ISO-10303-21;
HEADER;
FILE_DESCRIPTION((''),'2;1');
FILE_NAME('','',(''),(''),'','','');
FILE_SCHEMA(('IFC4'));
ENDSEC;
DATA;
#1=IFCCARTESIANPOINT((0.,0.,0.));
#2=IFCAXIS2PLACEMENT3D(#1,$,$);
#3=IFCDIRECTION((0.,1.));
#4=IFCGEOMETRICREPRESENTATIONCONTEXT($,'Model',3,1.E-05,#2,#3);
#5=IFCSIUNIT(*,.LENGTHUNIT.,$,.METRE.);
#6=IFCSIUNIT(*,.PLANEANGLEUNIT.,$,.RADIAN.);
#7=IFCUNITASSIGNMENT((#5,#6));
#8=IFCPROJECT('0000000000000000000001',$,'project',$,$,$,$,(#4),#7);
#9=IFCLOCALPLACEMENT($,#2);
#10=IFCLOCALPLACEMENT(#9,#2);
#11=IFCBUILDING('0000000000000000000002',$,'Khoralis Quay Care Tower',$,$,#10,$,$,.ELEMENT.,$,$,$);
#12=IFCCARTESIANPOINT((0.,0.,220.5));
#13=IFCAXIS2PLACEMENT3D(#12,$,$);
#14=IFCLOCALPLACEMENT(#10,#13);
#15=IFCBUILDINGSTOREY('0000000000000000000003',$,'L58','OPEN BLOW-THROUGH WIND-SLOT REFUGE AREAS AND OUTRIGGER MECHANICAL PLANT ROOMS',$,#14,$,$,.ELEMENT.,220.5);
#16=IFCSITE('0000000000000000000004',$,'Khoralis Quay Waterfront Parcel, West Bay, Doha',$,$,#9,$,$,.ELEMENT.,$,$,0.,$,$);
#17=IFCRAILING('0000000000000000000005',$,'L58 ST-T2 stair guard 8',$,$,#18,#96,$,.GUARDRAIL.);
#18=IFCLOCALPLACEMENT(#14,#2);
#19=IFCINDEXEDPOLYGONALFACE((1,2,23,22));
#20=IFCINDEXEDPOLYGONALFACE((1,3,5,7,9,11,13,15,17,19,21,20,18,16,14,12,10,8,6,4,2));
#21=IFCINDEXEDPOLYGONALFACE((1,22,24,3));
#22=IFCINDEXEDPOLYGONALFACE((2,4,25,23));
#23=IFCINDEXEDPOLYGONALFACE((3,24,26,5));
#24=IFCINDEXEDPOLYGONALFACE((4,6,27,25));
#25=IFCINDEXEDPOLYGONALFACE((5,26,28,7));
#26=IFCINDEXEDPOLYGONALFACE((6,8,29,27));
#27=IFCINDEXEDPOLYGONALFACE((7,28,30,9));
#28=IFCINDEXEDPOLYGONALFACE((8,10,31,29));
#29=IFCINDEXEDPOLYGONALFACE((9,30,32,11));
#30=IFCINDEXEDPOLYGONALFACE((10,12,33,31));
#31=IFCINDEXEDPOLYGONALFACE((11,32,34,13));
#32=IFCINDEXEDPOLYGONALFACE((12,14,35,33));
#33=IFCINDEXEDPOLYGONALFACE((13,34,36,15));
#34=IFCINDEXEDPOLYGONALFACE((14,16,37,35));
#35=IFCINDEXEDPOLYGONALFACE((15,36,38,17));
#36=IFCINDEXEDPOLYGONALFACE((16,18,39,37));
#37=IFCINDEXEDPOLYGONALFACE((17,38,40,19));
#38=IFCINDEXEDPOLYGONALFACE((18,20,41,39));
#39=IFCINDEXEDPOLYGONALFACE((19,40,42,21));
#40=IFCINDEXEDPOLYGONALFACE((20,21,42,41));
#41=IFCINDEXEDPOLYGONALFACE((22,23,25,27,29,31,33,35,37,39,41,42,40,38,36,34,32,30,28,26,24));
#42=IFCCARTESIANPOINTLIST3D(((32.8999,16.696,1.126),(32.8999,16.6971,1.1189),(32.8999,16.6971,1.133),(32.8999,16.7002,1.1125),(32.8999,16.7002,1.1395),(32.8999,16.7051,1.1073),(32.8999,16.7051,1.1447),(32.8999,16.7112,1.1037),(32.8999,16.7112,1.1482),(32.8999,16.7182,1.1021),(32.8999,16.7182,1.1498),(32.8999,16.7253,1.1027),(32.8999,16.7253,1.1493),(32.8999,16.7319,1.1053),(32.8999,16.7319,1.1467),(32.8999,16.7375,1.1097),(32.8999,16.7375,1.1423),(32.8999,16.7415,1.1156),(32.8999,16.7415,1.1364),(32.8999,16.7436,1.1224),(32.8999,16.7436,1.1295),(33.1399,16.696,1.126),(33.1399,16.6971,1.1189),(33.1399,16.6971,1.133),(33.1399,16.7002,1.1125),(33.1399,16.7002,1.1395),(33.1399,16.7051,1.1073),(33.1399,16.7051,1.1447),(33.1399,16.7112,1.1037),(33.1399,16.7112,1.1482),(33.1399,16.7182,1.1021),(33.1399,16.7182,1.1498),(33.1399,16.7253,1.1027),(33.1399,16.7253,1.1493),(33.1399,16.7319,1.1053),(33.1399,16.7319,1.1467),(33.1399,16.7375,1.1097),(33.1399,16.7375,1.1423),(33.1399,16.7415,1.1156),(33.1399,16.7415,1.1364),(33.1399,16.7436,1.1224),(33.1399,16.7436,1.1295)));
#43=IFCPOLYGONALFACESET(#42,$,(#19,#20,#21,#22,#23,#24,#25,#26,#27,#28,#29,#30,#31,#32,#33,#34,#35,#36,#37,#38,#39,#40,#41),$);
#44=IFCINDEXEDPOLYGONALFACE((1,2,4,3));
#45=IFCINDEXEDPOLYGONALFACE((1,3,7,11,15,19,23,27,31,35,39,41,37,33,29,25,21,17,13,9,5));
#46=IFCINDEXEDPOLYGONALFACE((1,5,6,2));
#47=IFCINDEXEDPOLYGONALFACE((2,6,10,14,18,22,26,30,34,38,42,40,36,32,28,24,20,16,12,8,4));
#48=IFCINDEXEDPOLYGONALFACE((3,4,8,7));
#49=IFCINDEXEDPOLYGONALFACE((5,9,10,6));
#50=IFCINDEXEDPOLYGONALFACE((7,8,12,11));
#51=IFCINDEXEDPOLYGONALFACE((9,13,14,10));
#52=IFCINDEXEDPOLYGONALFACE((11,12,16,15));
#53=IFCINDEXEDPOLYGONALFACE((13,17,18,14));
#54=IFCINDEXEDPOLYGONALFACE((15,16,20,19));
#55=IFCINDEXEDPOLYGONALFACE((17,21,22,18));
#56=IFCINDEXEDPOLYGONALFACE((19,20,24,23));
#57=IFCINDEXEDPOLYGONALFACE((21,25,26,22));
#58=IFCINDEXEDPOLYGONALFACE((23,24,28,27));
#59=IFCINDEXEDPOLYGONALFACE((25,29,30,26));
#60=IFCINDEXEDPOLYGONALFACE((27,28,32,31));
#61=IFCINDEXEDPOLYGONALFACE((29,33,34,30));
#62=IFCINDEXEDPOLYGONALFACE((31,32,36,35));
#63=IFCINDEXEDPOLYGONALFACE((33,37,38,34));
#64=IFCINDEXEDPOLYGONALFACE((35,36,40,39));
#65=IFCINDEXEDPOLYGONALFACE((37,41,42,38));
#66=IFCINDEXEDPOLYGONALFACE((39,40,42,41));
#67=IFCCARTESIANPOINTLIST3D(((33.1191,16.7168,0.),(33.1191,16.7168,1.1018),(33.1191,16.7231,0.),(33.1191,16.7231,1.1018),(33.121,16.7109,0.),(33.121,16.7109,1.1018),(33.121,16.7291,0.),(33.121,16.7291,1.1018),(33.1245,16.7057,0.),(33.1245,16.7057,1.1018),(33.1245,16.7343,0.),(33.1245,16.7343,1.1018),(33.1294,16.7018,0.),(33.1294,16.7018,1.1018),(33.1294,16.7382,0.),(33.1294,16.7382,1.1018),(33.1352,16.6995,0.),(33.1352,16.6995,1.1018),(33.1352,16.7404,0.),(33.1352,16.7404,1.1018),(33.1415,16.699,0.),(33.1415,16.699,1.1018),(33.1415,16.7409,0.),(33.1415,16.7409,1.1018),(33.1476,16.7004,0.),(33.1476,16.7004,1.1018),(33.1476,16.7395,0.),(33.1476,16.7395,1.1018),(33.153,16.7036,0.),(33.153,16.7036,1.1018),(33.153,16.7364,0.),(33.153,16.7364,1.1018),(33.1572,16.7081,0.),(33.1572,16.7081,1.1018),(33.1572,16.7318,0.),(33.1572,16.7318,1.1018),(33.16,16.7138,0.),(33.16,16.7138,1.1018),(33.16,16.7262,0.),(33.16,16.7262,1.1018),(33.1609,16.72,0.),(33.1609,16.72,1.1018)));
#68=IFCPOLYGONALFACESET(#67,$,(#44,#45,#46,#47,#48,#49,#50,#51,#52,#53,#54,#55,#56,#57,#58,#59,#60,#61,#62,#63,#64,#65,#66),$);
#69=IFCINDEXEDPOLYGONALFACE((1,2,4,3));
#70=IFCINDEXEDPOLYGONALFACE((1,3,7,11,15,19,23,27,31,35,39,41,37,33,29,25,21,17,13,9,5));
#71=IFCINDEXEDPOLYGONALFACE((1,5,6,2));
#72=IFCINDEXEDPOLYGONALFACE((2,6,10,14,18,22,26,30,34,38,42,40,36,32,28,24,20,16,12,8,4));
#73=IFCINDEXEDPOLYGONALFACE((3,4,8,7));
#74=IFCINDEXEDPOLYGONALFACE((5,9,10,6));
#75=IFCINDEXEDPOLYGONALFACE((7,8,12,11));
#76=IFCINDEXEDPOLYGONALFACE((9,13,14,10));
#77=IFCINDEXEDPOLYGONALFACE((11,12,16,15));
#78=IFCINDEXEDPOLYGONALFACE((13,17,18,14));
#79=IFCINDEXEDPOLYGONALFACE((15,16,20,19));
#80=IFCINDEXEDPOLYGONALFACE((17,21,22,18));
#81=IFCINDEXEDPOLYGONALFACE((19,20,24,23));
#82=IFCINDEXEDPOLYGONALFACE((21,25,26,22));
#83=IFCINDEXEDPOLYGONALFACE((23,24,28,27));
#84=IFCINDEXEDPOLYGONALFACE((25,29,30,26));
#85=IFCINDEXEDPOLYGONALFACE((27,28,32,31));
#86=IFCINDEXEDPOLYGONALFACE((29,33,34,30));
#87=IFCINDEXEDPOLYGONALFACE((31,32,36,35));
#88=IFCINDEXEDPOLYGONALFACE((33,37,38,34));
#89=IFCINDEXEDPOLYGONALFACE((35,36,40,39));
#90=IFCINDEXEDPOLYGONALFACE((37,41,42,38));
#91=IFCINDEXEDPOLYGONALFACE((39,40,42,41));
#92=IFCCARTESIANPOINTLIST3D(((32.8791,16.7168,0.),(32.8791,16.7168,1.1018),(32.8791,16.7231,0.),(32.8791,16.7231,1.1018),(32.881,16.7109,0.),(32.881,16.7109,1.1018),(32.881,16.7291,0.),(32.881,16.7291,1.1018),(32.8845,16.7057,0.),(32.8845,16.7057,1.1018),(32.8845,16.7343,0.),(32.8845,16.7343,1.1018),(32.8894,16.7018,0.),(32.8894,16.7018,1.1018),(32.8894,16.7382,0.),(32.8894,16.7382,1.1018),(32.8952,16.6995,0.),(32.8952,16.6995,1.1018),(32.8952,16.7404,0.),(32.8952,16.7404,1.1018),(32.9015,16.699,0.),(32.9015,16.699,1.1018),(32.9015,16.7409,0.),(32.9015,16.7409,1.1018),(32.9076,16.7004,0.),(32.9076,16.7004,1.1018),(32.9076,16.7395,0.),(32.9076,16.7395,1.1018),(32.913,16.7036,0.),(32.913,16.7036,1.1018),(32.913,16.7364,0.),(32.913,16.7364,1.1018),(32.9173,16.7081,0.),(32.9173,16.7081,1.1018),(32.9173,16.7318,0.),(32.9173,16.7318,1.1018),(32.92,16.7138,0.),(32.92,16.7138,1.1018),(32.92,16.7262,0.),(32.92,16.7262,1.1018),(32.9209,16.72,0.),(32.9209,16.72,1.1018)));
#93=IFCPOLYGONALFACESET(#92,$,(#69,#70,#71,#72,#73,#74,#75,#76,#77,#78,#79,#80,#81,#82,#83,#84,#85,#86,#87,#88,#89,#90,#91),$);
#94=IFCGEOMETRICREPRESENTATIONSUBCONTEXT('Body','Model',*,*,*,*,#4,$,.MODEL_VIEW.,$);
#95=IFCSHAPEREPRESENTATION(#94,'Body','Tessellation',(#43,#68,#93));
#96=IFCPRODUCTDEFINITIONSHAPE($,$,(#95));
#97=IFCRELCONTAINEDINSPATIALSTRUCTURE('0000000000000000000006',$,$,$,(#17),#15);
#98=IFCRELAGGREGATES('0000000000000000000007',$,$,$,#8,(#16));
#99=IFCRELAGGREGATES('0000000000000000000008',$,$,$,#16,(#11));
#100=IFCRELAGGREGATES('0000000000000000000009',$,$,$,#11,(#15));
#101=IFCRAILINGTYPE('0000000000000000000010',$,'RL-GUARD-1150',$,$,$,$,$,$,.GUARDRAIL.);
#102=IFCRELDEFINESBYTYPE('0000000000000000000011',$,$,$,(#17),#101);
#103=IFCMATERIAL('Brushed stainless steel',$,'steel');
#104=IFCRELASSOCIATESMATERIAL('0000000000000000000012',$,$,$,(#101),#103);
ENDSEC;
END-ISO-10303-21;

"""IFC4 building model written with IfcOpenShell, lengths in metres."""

from ifc_helpers import new_model, si_unit, direction, frame, origin, origin_2d, place, context, subcontext, project, spatial, circle, extrude, material, type_object, element, save


model = new_model("IFC4")

# Units and contexts
model_context = context("Model", 3, precision=1e-05, world=origin(), true_north=direction((0.0, 1.0)))
body_context = subcontext(model_context, "Body", "Model", "MODEL_VIEW")
ifc_project = project(units=[si_unit("LENGTHUNIT", "METRE"), si_unit("PLANEANGLEUNIT", "RADIAN")], contexts=[model_context])

# Site, building, storey
site_placement = place(None, origin())
site = spatial("IfcSite", under=ifc_project, at=site_placement, Name="Khoralis Quay Waterfront Parcel, West Bay, Doha", CompositionType="ELEMENT", RefElevation=0.0)
building_placement = place(site_placement, origin())
building = spatial("IfcBuilding", under=site, at=building_placement, Name="Khoralis Quay Care Tower", CompositionType="ELEMENT")
storey_placement = place(building_placement, frame((0.0, 0.0, 220.5)))
storey = spatial("IfcBuildingStorey", under=building, at=storey_placement, Name="L58", Description="OPEN BLOW-THROUGH WIND-SLOT REFUGE AREAS AND OUTRIGGER MECHANICAL PLANT ROOMS", CompositionType="ELEMENT", Elevation=220.5)

# Railing
ifc_material_1 = material(Name="Brushed stainless steel", Category="steel")
railing_type_1 = type_object("IfcRailingType", Name="RL-GUARD-1150", PredefinedType="GUARDRAIL", material=ifc_material_1)
railing_1_placement = place(storey_placement, frame((33.1399, 16.72, 0.0)))
element("IfcRailing", 1, at=railing_1_placement, inside=storey, type_object=railing_type_1, Name="L58 ST-T2 stair guard 8", PredefinedType="GUARDRAIL", context=body_context, shape_type="SweptSolid", body=[
    extrude(circle(Radius=0.0239, at=origin_2d()), frame((0.0, 0.0, 1.126), z_axis=(-1.0, 0.0, 0.0), x_axis=(0.0, -1.0, 0.0)), (0.0, 0.0, 1.0), 0.24),
    extrude(circle(Radius=0.021, at=origin_2d()), origin(), (0.0, 0.0, 1.0), 1.1018),
    extrude(circle(Radius=0.021, at=origin_2d()), frame((-0.24, 0.0, 0.0)), (0.0, 0.0, 1.0), 1.1018),
])

save(model, "model.ifc")
